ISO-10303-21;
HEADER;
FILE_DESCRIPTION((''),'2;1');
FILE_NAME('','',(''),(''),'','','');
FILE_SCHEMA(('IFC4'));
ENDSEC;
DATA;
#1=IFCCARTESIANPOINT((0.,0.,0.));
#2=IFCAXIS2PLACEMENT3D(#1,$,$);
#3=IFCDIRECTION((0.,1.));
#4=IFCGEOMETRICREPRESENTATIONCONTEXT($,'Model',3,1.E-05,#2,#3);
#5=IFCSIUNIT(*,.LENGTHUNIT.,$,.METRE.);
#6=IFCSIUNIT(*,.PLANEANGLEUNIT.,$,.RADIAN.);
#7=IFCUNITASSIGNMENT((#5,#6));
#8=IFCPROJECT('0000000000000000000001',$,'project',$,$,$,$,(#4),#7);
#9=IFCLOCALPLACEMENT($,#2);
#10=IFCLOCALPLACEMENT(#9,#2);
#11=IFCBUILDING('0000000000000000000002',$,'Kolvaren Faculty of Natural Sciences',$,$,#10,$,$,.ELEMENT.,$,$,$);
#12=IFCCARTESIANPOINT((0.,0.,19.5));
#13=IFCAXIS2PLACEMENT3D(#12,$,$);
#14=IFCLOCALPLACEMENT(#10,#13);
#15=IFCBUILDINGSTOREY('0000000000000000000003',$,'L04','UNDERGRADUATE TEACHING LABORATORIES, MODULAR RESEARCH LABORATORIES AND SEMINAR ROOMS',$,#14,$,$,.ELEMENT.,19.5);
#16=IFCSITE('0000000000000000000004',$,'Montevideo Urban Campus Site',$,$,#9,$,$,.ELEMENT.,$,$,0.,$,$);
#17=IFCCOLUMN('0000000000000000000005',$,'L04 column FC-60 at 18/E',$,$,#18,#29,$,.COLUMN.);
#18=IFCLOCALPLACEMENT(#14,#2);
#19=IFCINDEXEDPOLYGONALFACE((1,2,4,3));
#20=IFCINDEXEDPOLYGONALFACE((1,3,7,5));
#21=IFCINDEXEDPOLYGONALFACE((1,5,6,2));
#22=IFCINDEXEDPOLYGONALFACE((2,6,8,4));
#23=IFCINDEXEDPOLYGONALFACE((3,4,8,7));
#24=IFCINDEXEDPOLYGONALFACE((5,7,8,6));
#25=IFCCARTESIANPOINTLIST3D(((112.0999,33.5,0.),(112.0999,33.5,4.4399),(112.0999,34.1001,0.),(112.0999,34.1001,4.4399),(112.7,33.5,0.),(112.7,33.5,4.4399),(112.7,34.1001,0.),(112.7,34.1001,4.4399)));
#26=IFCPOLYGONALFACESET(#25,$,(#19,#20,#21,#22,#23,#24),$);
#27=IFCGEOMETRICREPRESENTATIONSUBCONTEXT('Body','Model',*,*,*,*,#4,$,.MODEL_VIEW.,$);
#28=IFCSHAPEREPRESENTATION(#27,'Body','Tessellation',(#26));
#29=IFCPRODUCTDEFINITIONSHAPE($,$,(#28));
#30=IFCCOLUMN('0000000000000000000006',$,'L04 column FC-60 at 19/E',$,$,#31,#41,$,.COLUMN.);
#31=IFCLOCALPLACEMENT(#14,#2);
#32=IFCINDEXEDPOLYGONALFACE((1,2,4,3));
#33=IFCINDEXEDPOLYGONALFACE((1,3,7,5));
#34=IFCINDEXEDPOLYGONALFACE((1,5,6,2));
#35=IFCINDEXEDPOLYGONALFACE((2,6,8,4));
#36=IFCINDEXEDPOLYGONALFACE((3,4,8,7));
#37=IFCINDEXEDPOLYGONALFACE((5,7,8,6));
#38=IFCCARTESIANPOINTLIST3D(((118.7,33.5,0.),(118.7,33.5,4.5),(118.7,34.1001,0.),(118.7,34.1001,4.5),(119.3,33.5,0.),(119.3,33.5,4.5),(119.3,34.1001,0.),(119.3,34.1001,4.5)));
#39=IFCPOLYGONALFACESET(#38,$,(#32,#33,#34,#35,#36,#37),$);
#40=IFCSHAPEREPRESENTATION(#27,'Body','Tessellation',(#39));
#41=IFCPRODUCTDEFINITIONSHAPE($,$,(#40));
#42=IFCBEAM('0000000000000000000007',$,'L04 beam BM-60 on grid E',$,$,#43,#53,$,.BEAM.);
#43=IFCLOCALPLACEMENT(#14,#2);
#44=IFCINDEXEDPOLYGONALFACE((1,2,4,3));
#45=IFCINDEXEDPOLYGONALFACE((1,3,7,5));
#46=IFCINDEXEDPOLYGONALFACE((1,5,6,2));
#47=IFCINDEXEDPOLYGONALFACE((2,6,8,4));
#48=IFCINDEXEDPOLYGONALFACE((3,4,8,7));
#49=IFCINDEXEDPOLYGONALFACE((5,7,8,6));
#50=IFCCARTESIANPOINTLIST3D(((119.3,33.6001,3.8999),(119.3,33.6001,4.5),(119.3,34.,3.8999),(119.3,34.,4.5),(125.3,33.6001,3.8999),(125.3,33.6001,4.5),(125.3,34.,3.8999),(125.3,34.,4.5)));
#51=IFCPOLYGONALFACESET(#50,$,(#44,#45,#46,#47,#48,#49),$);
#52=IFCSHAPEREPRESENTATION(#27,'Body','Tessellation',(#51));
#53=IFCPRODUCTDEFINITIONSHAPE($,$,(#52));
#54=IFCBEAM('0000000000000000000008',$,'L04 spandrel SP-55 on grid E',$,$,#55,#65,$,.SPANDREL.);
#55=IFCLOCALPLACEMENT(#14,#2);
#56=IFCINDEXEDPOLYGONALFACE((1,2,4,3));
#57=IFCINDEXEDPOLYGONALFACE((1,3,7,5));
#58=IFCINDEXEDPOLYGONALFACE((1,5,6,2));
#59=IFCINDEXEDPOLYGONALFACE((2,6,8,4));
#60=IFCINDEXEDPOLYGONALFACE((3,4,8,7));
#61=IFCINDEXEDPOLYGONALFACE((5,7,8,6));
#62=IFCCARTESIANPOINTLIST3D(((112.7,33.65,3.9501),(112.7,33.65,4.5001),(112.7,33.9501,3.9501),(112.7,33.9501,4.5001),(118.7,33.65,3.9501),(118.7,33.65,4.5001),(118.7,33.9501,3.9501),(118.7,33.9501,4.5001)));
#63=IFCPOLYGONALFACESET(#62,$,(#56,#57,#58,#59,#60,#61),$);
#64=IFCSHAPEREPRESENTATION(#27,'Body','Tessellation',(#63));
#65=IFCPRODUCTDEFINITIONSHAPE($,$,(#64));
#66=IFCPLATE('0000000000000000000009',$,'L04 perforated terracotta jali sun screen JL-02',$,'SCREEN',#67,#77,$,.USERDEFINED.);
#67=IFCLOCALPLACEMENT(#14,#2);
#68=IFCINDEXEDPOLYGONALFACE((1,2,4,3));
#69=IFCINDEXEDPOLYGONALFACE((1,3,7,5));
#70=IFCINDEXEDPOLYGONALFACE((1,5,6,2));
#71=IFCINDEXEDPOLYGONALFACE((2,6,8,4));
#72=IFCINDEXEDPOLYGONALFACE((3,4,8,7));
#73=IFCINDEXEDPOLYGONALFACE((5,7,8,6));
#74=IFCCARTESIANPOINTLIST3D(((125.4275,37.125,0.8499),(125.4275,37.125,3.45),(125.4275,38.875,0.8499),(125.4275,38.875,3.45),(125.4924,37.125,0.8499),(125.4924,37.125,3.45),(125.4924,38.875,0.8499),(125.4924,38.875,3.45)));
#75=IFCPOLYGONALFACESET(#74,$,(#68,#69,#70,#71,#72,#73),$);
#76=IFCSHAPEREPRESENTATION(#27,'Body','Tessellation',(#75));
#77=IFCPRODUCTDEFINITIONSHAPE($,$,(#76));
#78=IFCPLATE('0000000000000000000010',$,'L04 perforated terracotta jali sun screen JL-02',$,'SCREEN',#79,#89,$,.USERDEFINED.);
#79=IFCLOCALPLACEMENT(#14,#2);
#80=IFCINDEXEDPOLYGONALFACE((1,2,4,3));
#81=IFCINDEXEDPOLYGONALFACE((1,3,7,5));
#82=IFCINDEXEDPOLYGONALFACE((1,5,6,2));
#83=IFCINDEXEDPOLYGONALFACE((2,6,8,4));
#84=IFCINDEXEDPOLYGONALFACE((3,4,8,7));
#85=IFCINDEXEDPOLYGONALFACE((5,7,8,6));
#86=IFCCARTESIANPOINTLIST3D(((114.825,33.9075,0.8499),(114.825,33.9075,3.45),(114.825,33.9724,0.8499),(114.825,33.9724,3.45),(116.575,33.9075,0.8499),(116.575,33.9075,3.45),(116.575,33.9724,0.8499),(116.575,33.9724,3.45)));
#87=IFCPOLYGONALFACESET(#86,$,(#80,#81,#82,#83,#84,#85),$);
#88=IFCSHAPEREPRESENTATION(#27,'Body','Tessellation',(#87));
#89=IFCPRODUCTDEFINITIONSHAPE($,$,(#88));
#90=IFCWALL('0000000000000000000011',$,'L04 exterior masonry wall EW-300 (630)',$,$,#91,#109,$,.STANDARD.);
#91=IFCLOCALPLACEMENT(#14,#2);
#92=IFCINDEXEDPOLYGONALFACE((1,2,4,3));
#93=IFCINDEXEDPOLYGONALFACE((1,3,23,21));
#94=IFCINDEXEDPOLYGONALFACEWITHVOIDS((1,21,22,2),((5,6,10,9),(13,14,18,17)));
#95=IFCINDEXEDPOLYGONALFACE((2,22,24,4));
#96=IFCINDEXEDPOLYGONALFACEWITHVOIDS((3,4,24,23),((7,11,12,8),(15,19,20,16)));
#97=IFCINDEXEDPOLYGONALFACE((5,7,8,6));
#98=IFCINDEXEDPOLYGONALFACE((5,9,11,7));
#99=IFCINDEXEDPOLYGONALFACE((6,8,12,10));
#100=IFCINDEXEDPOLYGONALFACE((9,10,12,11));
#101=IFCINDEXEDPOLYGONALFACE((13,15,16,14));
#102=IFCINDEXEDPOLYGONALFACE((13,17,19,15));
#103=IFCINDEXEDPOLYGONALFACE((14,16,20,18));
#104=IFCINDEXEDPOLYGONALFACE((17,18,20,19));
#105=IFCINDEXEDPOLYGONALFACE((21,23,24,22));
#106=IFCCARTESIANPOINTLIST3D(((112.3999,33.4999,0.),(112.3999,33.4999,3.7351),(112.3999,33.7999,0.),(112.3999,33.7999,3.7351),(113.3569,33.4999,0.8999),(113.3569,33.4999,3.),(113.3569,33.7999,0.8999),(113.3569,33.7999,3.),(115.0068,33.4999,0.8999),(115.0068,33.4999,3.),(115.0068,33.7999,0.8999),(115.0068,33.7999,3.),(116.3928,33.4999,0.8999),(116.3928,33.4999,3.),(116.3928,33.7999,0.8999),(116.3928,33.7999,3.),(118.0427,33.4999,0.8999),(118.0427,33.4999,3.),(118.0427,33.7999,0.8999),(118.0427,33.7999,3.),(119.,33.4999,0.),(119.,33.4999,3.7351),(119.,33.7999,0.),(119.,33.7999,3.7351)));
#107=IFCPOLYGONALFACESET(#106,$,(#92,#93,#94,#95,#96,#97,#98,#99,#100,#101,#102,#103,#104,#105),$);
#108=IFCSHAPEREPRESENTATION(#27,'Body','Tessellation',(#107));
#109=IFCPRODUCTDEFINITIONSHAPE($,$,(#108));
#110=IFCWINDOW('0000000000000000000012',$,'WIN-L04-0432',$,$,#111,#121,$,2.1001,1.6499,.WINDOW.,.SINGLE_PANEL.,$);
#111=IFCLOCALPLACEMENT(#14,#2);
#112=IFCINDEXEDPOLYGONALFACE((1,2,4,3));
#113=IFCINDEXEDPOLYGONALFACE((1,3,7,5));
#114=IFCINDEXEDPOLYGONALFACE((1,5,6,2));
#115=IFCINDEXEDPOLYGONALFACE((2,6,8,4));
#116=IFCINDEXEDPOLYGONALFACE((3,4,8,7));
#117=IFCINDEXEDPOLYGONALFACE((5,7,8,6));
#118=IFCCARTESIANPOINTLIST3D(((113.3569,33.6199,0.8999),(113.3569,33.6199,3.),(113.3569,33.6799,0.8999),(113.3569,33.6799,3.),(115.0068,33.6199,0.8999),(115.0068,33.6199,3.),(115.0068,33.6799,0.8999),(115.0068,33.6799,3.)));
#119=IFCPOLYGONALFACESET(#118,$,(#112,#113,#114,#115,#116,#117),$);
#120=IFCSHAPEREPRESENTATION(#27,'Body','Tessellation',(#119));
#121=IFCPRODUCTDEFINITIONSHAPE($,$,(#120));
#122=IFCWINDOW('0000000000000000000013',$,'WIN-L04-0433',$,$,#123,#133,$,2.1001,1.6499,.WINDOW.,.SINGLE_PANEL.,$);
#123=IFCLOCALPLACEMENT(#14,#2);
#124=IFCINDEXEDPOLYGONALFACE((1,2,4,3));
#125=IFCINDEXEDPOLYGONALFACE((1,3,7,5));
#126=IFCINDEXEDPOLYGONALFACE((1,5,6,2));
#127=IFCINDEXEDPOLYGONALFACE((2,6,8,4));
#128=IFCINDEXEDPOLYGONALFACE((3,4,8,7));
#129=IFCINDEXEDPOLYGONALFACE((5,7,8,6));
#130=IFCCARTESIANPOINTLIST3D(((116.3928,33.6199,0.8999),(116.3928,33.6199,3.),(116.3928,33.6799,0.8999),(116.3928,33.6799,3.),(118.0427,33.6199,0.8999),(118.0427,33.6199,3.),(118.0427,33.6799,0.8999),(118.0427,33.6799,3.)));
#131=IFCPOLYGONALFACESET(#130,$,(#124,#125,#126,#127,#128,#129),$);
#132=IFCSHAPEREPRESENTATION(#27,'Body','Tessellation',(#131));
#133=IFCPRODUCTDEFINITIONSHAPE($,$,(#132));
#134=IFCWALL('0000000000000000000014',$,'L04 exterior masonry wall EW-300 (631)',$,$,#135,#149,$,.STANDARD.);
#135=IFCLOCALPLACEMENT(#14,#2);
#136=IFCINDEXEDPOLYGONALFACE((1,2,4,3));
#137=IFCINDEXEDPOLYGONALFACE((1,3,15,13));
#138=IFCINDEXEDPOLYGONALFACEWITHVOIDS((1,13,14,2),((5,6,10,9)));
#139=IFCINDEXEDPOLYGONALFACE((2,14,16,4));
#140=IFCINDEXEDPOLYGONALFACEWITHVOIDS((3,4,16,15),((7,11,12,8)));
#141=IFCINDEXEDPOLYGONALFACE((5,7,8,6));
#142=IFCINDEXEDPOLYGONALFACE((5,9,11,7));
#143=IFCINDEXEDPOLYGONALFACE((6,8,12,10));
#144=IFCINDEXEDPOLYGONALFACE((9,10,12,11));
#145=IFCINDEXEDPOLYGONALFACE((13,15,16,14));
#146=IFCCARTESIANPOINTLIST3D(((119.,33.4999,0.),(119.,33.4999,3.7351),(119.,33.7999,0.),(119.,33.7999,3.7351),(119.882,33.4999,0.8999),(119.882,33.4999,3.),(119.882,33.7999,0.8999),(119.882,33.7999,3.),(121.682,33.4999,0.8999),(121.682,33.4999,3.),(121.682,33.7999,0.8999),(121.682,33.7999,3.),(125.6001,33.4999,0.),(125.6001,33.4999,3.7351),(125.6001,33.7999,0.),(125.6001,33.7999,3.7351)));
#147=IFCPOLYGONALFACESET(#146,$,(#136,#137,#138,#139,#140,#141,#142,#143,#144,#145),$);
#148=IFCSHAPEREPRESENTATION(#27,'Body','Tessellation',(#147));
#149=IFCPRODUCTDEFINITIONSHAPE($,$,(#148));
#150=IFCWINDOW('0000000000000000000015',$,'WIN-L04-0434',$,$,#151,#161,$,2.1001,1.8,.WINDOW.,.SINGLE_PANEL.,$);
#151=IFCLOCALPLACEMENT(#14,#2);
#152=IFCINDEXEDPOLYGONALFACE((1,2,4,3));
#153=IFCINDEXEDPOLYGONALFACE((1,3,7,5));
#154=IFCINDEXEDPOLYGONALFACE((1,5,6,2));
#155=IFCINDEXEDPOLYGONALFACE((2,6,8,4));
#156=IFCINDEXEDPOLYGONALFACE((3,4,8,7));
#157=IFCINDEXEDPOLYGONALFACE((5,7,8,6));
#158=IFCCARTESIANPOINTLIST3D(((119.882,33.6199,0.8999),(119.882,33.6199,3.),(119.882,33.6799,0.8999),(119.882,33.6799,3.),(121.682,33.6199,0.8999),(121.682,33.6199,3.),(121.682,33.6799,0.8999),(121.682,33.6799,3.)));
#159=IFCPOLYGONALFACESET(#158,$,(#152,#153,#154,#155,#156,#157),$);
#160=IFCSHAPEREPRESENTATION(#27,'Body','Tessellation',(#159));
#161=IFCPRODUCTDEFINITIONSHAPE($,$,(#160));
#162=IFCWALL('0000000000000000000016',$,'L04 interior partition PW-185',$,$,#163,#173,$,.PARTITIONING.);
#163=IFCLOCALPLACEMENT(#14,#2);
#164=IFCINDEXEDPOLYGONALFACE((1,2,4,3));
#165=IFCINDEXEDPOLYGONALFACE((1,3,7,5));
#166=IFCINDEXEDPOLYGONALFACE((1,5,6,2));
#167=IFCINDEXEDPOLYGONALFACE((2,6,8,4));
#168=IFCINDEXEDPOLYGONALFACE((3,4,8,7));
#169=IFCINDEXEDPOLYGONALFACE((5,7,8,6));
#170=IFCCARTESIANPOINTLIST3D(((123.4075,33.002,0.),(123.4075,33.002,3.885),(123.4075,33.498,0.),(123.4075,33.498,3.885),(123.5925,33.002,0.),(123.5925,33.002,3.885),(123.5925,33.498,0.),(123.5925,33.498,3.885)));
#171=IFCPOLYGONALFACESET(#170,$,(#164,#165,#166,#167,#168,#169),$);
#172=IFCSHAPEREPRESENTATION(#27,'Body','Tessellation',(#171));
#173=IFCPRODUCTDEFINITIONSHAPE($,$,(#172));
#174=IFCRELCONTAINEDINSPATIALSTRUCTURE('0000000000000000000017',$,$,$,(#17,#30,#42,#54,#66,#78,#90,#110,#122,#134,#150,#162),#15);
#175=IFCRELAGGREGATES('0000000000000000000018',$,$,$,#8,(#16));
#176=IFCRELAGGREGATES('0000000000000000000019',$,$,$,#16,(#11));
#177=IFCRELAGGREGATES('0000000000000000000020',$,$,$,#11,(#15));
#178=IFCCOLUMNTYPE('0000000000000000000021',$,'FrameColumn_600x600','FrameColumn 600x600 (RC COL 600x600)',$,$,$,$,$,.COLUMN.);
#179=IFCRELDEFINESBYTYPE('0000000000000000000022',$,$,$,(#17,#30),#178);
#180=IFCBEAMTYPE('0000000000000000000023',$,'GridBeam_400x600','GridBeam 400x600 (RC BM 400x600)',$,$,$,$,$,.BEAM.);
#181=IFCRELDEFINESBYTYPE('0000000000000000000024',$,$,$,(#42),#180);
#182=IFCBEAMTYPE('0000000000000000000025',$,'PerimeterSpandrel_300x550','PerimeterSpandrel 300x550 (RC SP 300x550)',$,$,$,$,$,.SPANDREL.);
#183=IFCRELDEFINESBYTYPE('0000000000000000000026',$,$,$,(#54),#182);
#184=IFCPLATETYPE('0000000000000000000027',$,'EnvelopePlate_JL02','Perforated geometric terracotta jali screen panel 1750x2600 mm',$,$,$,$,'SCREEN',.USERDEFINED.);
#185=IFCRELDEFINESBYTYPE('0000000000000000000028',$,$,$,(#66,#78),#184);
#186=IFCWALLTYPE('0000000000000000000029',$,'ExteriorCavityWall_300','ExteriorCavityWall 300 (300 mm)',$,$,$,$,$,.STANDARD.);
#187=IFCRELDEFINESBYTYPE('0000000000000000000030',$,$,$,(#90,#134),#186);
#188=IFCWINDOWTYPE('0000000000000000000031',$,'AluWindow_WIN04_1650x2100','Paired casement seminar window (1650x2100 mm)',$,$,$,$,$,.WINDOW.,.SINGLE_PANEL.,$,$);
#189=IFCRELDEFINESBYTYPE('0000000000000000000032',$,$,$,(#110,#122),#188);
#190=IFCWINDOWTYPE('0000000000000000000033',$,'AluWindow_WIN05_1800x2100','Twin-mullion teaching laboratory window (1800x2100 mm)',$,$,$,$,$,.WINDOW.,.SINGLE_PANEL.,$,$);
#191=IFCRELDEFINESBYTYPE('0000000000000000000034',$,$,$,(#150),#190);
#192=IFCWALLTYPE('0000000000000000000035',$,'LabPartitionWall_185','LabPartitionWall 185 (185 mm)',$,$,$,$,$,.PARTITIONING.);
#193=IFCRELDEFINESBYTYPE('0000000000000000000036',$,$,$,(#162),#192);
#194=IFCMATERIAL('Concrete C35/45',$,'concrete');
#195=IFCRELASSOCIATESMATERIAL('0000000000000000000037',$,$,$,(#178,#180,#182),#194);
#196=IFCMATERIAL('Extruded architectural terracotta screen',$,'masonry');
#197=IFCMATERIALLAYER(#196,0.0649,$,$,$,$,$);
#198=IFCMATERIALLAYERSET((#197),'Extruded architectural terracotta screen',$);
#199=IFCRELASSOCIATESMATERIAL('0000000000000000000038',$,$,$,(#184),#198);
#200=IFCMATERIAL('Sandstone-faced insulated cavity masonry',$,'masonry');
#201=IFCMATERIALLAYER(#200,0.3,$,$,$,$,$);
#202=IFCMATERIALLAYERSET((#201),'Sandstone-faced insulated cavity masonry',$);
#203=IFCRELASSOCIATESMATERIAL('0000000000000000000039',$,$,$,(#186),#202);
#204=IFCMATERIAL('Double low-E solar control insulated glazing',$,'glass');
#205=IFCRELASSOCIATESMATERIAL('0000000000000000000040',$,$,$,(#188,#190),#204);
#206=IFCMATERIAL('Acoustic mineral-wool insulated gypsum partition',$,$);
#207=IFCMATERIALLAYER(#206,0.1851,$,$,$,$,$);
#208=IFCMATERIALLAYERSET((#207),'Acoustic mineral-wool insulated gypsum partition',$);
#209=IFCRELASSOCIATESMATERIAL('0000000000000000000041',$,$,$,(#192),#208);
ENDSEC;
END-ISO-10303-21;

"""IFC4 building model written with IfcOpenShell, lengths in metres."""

from ifc_helpers import new_model, si_unit, direction, frame, frame_2d, origin, origin_2d, place, context, subcontext, project, spatial, rectangle, extrude, material, layer, layer_set, material_profile, profile_set, type_object, element, fill, save


model = new_model("IFC4")

# Units and contexts
model_context = context("Model", 3, precision=1e-05, world=origin(), true_north=direction((0.0, 1.0)))
body_context = subcontext(model_context, "Body", "Model", "MODEL_VIEW")
ifc_project = project(units=[si_unit("LENGTHUNIT", "METRE"), si_unit("PLANEANGLEUNIT", "RADIAN")], contexts=[model_context])

# Site, building, storey
site_placement = place(None, origin())
site = spatial("IfcSite", under=ifc_project, at=site_placement, Name="Montevideo Urban Campus Site", CompositionType="ELEMENT", RefElevation=0.0)
building_placement = place(site_placement, origin())
building = spatial("IfcBuilding", under=site, at=building_placement, Name="Kolvaren Faculty of Natural Sciences", CompositionType="ELEMENT")
storey_placement = place(building_placement, frame((0.0, 0.0, 19.5)))
storey = spatial("IfcBuildingStorey", under=building, at=storey_placement, Name="L04", Description="UNDERGRADUATE TEACHING LABORATORIES, MODULAR RESEARCH LABORATORIES AND SEMINAR ROOMS", CompositionType="ELEMENT", Elevation=19.5)

# Columns
ifc_material_1 = material(Name="Concrete C35/45", Category="concrete")
ifc_material_profile_1 = material_profile(ifc_material_1, rectangle(XDim=0.6001, YDim=0.6001, at=origin_2d()), Name="RC COL 600x600")
ifc_profile_set_1 = profile_set([ifc_material_profile_1], Name="Concrete C35/45")
column_type = type_object("IfcColumnType", Name="FrameColumn_600x600", Description="FrameColumn 600x600 (RC COL 600x600)", PredefinedType="COLUMN", material=ifc_profile_set_1)
column_1_placement = place(storey_placement, frame((112.3999, 33.8, 0.0), z_axis=(0.0, 0.0, 1.0), x_axis=(1.0, 0.0, 0.0)))
element("IfcColumn", 1, at=column_1_placement, inside=storey, type_object=column_type, Name="L04 column FC-60 at 18/E", PredefinedType="COLUMN", context=body_context, shape_type="SweptSolid", body=[
    extrude(rectangle(XDim=0.6001, YDim=0.6001, at=origin_2d()), origin(), (0.0, 0.0, 1.0), 4.4399),
])
column_2_placement = place(storey_placement, frame((119.0, 33.8, 0.0), z_axis=(0.0, 0.0, 1.0), x_axis=(1.0, 0.0, 0.0)))
element("IfcColumn", 2, at=column_2_placement, inside=storey, type_object=column_type, Name="L04 column FC-60 at 19/E", PredefinedType="COLUMN", context=body_context, shape_type="SweptSolid", body=[
    extrude(rectangle(XDim=0.6001, YDim=0.6001, at=origin_2d()), origin(), (0.0, 0.0, 1.0), 4.5),
])

# Beams
ifc_material_profile_2 = material_profile(ifc_material_1, rectangle(XDim=0.3999, YDim=0.6001, at=origin_2d()), Name="RC BM 400x600")
ifc_profile_set_2 = profile_set([ifc_material_profile_2], Name="Concrete C35/45")
beam_type_1 = type_object("IfcBeamType", Name="GridBeam_400x600", Description="GridBeam 400x600 (RC BM 400x600)", PredefinedType="BEAM", material=ifc_profile_set_2)
beam_1_placement = place(storey_placement, frame((119.3, 33.8, 4.2), z_axis=(1.0, 0.0, 0.0), x_axis=(0.0, 1.0, 0.0)))
element("IfcBeam", 3, at=beam_1_placement, inside=storey, type_object=beam_type_1, Name="L04 beam BM-60 on grid E", PredefinedType="BEAM", context=body_context, shape_type="SweptSolid", body=[
    extrude(rectangle(XDim=0.3999, YDim=0.6001, at=origin_2d()), origin(), (0.0, 0.0, 1.0), 6.0),
])
ifc_material_profile_3 = material_profile(ifc_material_1, rectangle(XDim=0.3, YDim=0.55, at=origin_2d()), Name="RC SP 300x550")
ifc_profile_set_3 = profile_set([ifc_material_profile_3], Name="Concrete C35/45")
beam_type_2 = type_object("IfcBeamType", Name="PerimeterSpandrel_300x550", Description="PerimeterSpandrel 300x550 (RC SP 300x550)", PredefinedType="SPANDREL", material=ifc_profile_set_3)
beam_2_placement = place(storey_placement, frame((112.7, 33.8, 4.2251), z_axis=(1.0, 0.0, 0.0), x_axis=(0.0, 1.0, 0.0)))
element("IfcBeam", 4, at=beam_2_placement, inside=storey, type_object=beam_type_2, Name="L04 spandrel SP-55 on grid E", PredefinedType="SPANDREL", context=body_context, shape_type="SweptSolid", body=[
    extrude(rectangle(XDim=0.3, YDim=0.55, at=origin_2d()), origin(), (0.0, 0.0, 1.0), 6.0),
])

# Plates
ifc_material_2 = material(Name="Extruded architectural terracotta screen", Category="masonry")
ifc_layer_1 = layer(ifc_material_2, 0.0649)
ifc_layer_set_1 = layer_set([ifc_layer_1], Name="Extruded architectural terracotta screen")
plate_type = type_object("IfcPlateType", Name="EnvelopePlate_JL02", Description="Perforated geometric terracotta jali screen panel 1750x2600 mm", ElementType="SCREEN", PredefinedType="USERDEFINED", material=ifc_layer_set_1)
for number, where, z_axis, x_axis, name in (
    (5, (125.46, 38.0, 0.8499), (0.0, 0.0, 1.0), (0.0, 1.0, 0.0), "L04 perforated terracotta jali sun screen JL-02"),
    (6, (115.7, 33.9399, 0.8499), (0.0, 0.0, 1.0), (1.0, 0.0, 0.0), "L04 perforated terracotta jali sun screen JL-02"),
):
    element("IfcPlate", number, at=place(storey_placement, frame(where, z_axis=z_axis, x_axis=x_axis)), inside=storey, type_object=plate_type, Name=name, ObjectType="SCREEN", PredefinedType="USERDEFINED", context=body_context, shape_type="SweptSolid", body=[
        extrude(rectangle(XDim=1.75, YDim=0.0649, at=origin_2d()), origin(), (0.0, 0.0, 1.0), 2.6001),
    ])

# Wall, openings, windows
ifc_material_3 = material(Name="Sandstone-faced insulated cavity masonry", Category="masonry")
ifc_layer_2 = layer(ifc_material_3, 0.3)
ifc_layer_set_2 = layer_set([ifc_layer_2], Name="Sandstone-faced insulated cavity masonry")
wall_type_1 = type_object("IfcWallType", Name="ExteriorCavityWall_300", Description="ExteriorCavityWall 300 (300 mm)", PredefinedType="STANDARD", material=ifc_layer_set_2)
wall_1_placement = place(storey_placement, frame((112.3999, 33.6499, 0.0), z_axis=(0.0, 0.0, 1.0), x_axis=(1.0, 0.0, 0.0)))
wall_1 = element("IfcWall", 7, at=wall_1_placement, inside=storey, type_object=wall_type_1, Name="L04 exterior masonry wall EW-300 (630)", PredefinedType="STANDARD", context=body_context, shape_type="SweptSolid", body=[
    extrude(rectangle(XDim=6.6001, YDim=0.3, at=frame_2d((3.3, 0.0))), origin(), (0.0, 0.0, 1.0), 3.7351),
])
opening_1_placement = place(wall_1_placement, frame((0.957, 0.0, 0.8999)))
opening_1 = element("IfcOpeningElement", 8, at=opening_1_placement, cuts=wall_1, PredefinedType="OPENING", context=body_context, shape_type="SweptSolid", body=[
    extrude(rectangle(XDim=1.6499, YDim=2.1001, at=frame_2d((0.825, 1.05))), frame((0.0, 0.1599, 0.0), z_axis=(0.0, -1.0, 0.0), x_axis=(1.0, 0.0, 0.0)), (0.0, 0.0, 1.0), 0.3201),
])
opening_2_placement = place(wall_1_placement, frame((3.9929, 0.0, 0.8999)))
opening_2 = element("IfcOpeningElement", 9, at=opening_2_placement, cuts=wall_1, PredefinedType="OPENING", context=body_context, shape_type="SweptSolid", body=[
    extrude(rectangle(XDim=1.6499, YDim=2.1001, at=frame_2d((0.825, 1.05))), frame((0.0, 0.1599, 0.0), z_axis=(0.0, -1.0, 0.0), x_axis=(1.0, 0.0, 0.0)), (0.0, 0.0, 1.0), 0.3201),
])
ifc_material_4 = material(Name="Double low-E solar control insulated glazing", Category="glass")
window_type_1 = type_object("IfcWindowType", Name="AluWindow_WIN04_1650x2100", Description="Paired casement seminar window (1650x2100 mm)", PartitioningType="SINGLE_PANEL", PredefinedType="WINDOW", material=ifc_material_4)
window_1_placement = place(opening_1_placement, origin())
window_1 = element("IfcWindow", 10, at=window_1_placement, inside=storey, type_object=window_type_1, Name="WIN-L04-0432", OverallHeight=2.1001, OverallWidth=1.6499, PartitioningType="SINGLE_PANEL", PredefinedType="WINDOW", context=body_context, shape_type="SweptSolid", body=[
    extrude(rectangle(XDim=1.6499, YDim=2.1001, at=frame_2d((0.825, 1.05))), frame((0.0, 0.03, 0.0), z_axis=(0.0, -1.0, 0.0), x_axis=(1.0, 0.0, 0.0)), (0.0, 0.0, 1.0), 0.0601),
])
fill(opening_1, window_1)
window_2_placement = place(opening_2_placement, origin())
window_2 = element("IfcWindow", 11, at=window_2_placement, inside=storey, type_object=window_type_1, Name="WIN-L04-0433", OverallHeight=2.1001, OverallWidth=1.6499, PartitioningType="SINGLE_PANEL", PredefinedType="WINDOW", context=body_context, shape_type="SweptSolid", body=[
    extrude(rectangle(XDim=1.6499, YDim=2.1001, at=frame_2d((0.825, 1.05))), frame((0.0, 0.03, 0.0), z_axis=(0.0, -1.0, 0.0), x_axis=(1.0, 0.0, 0.0)), (0.0, 0.0, 1.0), 0.0601),
])
fill(opening_2, window_2)

# Wall, opening, window
wall_2_placement = place(storey_placement, frame((119.0, 33.6499, 0.0), z_axis=(0.0, 0.0, 1.0), x_axis=(1.0, 0.0, 0.0)))
wall_2 = element("IfcWall", 12, at=wall_2_placement, inside=storey, type_object=wall_type_1, Name="L04 exterior masonry wall EW-300 (631)", PredefinedType="STANDARD", context=body_context, shape_type="SweptSolid", body=[
    extrude(rectangle(XDim=6.6001, YDim=0.3, at=frame_2d((3.3, 0.0))), origin(), (0.0, 0.0, 1.0), 3.7351),
])
opening_3_placement = place(wall_2_placement, frame((0.8821, 0.0, 0.8999)))
opening_3 = element("IfcOpeningElement", 13, at=opening_3_placement, cuts=wall_2, PredefinedType="OPENING", context=body_context, shape_type="SweptSolid", body=[
    extrude(rectangle(XDim=1.8, YDim=2.1001, at=frame_2d((0.8999, 1.05))), frame((0.0, 0.1599, 0.0), z_axis=(0.0, -1.0, 0.0), x_axis=(1.0, 0.0, 0.0)), (0.0, 0.0, 1.0), 0.3201),
])
window_type_2 = type_object("IfcWindowType", Name="AluWindow_WIN05_1800x2100", Description="Twin-mullion teaching laboratory window (1800x2100 mm)", PartitioningType="SINGLE_PANEL", PredefinedType="WINDOW", material=ifc_material_4)
window_3_placement = place(opening_3_placement, origin())
window_3 = element("IfcWindow", 14, at=window_3_placement, inside=storey, type_object=window_type_2, Name="WIN-L04-0434", OverallHeight=2.1001, OverallWidth=1.8, PartitioningType="SINGLE_PANEL", PredefinedType="WINDOW", context=body_context, shape_type="SweptSolid", body=[
    extrude(rectangle(XDim=1.8, YDim=2.1001, at=frame_2d((0.8999, 1.05))), frame((0.0, 0.03, 0.0), z_axis=(0.0, -1.0, 0.0), x_axis=(1.0, 0.0, 0.0)), (0.0, 0.0, 1.0), 0.0601),
])
fill(opening_3, window_3)

# Wall
ifc_material_5 = material(Name="Acoustic mineral-wool insulated gypsum partition")
ifc_layer_3 = layer(ifc_material_5, 0.1851)
ifc_layer_set_3 = layer_set([ifc_layer_3], Name="Acoustic mineral-wool insulated gypsum partition")
wall_type_2 = type_object("IfcWallType", Name="LabPartitionWall_185", Description="LabPartitionWall 185 (185 mm)", PredefinedType="PARTITIONING", material=ifc_layer_set_3)
wall_3_placement = place(storey_placement, frame((123.5, 33.498, 0.0), z_axis=(0.0, 0.0, 1.0), x_axis=(0.0, -1.0, 0.0)))
element("IfcWall", 15, at=wall_3_placement, inside=storey, type_object=wall_type_2, Name="L04 interior partition PW-185", PredefinedType="PARTITIONING", context=body_context, shape_type="SweptSolid", body=[
    extrude(rectangle(XDim=0.4961, YDim=0.1851, at=frame_2d((0.248, 0.0))), origin(), (0.0, 0.0, 1.0), 3.885),
])

save(model, "model.ifc")
